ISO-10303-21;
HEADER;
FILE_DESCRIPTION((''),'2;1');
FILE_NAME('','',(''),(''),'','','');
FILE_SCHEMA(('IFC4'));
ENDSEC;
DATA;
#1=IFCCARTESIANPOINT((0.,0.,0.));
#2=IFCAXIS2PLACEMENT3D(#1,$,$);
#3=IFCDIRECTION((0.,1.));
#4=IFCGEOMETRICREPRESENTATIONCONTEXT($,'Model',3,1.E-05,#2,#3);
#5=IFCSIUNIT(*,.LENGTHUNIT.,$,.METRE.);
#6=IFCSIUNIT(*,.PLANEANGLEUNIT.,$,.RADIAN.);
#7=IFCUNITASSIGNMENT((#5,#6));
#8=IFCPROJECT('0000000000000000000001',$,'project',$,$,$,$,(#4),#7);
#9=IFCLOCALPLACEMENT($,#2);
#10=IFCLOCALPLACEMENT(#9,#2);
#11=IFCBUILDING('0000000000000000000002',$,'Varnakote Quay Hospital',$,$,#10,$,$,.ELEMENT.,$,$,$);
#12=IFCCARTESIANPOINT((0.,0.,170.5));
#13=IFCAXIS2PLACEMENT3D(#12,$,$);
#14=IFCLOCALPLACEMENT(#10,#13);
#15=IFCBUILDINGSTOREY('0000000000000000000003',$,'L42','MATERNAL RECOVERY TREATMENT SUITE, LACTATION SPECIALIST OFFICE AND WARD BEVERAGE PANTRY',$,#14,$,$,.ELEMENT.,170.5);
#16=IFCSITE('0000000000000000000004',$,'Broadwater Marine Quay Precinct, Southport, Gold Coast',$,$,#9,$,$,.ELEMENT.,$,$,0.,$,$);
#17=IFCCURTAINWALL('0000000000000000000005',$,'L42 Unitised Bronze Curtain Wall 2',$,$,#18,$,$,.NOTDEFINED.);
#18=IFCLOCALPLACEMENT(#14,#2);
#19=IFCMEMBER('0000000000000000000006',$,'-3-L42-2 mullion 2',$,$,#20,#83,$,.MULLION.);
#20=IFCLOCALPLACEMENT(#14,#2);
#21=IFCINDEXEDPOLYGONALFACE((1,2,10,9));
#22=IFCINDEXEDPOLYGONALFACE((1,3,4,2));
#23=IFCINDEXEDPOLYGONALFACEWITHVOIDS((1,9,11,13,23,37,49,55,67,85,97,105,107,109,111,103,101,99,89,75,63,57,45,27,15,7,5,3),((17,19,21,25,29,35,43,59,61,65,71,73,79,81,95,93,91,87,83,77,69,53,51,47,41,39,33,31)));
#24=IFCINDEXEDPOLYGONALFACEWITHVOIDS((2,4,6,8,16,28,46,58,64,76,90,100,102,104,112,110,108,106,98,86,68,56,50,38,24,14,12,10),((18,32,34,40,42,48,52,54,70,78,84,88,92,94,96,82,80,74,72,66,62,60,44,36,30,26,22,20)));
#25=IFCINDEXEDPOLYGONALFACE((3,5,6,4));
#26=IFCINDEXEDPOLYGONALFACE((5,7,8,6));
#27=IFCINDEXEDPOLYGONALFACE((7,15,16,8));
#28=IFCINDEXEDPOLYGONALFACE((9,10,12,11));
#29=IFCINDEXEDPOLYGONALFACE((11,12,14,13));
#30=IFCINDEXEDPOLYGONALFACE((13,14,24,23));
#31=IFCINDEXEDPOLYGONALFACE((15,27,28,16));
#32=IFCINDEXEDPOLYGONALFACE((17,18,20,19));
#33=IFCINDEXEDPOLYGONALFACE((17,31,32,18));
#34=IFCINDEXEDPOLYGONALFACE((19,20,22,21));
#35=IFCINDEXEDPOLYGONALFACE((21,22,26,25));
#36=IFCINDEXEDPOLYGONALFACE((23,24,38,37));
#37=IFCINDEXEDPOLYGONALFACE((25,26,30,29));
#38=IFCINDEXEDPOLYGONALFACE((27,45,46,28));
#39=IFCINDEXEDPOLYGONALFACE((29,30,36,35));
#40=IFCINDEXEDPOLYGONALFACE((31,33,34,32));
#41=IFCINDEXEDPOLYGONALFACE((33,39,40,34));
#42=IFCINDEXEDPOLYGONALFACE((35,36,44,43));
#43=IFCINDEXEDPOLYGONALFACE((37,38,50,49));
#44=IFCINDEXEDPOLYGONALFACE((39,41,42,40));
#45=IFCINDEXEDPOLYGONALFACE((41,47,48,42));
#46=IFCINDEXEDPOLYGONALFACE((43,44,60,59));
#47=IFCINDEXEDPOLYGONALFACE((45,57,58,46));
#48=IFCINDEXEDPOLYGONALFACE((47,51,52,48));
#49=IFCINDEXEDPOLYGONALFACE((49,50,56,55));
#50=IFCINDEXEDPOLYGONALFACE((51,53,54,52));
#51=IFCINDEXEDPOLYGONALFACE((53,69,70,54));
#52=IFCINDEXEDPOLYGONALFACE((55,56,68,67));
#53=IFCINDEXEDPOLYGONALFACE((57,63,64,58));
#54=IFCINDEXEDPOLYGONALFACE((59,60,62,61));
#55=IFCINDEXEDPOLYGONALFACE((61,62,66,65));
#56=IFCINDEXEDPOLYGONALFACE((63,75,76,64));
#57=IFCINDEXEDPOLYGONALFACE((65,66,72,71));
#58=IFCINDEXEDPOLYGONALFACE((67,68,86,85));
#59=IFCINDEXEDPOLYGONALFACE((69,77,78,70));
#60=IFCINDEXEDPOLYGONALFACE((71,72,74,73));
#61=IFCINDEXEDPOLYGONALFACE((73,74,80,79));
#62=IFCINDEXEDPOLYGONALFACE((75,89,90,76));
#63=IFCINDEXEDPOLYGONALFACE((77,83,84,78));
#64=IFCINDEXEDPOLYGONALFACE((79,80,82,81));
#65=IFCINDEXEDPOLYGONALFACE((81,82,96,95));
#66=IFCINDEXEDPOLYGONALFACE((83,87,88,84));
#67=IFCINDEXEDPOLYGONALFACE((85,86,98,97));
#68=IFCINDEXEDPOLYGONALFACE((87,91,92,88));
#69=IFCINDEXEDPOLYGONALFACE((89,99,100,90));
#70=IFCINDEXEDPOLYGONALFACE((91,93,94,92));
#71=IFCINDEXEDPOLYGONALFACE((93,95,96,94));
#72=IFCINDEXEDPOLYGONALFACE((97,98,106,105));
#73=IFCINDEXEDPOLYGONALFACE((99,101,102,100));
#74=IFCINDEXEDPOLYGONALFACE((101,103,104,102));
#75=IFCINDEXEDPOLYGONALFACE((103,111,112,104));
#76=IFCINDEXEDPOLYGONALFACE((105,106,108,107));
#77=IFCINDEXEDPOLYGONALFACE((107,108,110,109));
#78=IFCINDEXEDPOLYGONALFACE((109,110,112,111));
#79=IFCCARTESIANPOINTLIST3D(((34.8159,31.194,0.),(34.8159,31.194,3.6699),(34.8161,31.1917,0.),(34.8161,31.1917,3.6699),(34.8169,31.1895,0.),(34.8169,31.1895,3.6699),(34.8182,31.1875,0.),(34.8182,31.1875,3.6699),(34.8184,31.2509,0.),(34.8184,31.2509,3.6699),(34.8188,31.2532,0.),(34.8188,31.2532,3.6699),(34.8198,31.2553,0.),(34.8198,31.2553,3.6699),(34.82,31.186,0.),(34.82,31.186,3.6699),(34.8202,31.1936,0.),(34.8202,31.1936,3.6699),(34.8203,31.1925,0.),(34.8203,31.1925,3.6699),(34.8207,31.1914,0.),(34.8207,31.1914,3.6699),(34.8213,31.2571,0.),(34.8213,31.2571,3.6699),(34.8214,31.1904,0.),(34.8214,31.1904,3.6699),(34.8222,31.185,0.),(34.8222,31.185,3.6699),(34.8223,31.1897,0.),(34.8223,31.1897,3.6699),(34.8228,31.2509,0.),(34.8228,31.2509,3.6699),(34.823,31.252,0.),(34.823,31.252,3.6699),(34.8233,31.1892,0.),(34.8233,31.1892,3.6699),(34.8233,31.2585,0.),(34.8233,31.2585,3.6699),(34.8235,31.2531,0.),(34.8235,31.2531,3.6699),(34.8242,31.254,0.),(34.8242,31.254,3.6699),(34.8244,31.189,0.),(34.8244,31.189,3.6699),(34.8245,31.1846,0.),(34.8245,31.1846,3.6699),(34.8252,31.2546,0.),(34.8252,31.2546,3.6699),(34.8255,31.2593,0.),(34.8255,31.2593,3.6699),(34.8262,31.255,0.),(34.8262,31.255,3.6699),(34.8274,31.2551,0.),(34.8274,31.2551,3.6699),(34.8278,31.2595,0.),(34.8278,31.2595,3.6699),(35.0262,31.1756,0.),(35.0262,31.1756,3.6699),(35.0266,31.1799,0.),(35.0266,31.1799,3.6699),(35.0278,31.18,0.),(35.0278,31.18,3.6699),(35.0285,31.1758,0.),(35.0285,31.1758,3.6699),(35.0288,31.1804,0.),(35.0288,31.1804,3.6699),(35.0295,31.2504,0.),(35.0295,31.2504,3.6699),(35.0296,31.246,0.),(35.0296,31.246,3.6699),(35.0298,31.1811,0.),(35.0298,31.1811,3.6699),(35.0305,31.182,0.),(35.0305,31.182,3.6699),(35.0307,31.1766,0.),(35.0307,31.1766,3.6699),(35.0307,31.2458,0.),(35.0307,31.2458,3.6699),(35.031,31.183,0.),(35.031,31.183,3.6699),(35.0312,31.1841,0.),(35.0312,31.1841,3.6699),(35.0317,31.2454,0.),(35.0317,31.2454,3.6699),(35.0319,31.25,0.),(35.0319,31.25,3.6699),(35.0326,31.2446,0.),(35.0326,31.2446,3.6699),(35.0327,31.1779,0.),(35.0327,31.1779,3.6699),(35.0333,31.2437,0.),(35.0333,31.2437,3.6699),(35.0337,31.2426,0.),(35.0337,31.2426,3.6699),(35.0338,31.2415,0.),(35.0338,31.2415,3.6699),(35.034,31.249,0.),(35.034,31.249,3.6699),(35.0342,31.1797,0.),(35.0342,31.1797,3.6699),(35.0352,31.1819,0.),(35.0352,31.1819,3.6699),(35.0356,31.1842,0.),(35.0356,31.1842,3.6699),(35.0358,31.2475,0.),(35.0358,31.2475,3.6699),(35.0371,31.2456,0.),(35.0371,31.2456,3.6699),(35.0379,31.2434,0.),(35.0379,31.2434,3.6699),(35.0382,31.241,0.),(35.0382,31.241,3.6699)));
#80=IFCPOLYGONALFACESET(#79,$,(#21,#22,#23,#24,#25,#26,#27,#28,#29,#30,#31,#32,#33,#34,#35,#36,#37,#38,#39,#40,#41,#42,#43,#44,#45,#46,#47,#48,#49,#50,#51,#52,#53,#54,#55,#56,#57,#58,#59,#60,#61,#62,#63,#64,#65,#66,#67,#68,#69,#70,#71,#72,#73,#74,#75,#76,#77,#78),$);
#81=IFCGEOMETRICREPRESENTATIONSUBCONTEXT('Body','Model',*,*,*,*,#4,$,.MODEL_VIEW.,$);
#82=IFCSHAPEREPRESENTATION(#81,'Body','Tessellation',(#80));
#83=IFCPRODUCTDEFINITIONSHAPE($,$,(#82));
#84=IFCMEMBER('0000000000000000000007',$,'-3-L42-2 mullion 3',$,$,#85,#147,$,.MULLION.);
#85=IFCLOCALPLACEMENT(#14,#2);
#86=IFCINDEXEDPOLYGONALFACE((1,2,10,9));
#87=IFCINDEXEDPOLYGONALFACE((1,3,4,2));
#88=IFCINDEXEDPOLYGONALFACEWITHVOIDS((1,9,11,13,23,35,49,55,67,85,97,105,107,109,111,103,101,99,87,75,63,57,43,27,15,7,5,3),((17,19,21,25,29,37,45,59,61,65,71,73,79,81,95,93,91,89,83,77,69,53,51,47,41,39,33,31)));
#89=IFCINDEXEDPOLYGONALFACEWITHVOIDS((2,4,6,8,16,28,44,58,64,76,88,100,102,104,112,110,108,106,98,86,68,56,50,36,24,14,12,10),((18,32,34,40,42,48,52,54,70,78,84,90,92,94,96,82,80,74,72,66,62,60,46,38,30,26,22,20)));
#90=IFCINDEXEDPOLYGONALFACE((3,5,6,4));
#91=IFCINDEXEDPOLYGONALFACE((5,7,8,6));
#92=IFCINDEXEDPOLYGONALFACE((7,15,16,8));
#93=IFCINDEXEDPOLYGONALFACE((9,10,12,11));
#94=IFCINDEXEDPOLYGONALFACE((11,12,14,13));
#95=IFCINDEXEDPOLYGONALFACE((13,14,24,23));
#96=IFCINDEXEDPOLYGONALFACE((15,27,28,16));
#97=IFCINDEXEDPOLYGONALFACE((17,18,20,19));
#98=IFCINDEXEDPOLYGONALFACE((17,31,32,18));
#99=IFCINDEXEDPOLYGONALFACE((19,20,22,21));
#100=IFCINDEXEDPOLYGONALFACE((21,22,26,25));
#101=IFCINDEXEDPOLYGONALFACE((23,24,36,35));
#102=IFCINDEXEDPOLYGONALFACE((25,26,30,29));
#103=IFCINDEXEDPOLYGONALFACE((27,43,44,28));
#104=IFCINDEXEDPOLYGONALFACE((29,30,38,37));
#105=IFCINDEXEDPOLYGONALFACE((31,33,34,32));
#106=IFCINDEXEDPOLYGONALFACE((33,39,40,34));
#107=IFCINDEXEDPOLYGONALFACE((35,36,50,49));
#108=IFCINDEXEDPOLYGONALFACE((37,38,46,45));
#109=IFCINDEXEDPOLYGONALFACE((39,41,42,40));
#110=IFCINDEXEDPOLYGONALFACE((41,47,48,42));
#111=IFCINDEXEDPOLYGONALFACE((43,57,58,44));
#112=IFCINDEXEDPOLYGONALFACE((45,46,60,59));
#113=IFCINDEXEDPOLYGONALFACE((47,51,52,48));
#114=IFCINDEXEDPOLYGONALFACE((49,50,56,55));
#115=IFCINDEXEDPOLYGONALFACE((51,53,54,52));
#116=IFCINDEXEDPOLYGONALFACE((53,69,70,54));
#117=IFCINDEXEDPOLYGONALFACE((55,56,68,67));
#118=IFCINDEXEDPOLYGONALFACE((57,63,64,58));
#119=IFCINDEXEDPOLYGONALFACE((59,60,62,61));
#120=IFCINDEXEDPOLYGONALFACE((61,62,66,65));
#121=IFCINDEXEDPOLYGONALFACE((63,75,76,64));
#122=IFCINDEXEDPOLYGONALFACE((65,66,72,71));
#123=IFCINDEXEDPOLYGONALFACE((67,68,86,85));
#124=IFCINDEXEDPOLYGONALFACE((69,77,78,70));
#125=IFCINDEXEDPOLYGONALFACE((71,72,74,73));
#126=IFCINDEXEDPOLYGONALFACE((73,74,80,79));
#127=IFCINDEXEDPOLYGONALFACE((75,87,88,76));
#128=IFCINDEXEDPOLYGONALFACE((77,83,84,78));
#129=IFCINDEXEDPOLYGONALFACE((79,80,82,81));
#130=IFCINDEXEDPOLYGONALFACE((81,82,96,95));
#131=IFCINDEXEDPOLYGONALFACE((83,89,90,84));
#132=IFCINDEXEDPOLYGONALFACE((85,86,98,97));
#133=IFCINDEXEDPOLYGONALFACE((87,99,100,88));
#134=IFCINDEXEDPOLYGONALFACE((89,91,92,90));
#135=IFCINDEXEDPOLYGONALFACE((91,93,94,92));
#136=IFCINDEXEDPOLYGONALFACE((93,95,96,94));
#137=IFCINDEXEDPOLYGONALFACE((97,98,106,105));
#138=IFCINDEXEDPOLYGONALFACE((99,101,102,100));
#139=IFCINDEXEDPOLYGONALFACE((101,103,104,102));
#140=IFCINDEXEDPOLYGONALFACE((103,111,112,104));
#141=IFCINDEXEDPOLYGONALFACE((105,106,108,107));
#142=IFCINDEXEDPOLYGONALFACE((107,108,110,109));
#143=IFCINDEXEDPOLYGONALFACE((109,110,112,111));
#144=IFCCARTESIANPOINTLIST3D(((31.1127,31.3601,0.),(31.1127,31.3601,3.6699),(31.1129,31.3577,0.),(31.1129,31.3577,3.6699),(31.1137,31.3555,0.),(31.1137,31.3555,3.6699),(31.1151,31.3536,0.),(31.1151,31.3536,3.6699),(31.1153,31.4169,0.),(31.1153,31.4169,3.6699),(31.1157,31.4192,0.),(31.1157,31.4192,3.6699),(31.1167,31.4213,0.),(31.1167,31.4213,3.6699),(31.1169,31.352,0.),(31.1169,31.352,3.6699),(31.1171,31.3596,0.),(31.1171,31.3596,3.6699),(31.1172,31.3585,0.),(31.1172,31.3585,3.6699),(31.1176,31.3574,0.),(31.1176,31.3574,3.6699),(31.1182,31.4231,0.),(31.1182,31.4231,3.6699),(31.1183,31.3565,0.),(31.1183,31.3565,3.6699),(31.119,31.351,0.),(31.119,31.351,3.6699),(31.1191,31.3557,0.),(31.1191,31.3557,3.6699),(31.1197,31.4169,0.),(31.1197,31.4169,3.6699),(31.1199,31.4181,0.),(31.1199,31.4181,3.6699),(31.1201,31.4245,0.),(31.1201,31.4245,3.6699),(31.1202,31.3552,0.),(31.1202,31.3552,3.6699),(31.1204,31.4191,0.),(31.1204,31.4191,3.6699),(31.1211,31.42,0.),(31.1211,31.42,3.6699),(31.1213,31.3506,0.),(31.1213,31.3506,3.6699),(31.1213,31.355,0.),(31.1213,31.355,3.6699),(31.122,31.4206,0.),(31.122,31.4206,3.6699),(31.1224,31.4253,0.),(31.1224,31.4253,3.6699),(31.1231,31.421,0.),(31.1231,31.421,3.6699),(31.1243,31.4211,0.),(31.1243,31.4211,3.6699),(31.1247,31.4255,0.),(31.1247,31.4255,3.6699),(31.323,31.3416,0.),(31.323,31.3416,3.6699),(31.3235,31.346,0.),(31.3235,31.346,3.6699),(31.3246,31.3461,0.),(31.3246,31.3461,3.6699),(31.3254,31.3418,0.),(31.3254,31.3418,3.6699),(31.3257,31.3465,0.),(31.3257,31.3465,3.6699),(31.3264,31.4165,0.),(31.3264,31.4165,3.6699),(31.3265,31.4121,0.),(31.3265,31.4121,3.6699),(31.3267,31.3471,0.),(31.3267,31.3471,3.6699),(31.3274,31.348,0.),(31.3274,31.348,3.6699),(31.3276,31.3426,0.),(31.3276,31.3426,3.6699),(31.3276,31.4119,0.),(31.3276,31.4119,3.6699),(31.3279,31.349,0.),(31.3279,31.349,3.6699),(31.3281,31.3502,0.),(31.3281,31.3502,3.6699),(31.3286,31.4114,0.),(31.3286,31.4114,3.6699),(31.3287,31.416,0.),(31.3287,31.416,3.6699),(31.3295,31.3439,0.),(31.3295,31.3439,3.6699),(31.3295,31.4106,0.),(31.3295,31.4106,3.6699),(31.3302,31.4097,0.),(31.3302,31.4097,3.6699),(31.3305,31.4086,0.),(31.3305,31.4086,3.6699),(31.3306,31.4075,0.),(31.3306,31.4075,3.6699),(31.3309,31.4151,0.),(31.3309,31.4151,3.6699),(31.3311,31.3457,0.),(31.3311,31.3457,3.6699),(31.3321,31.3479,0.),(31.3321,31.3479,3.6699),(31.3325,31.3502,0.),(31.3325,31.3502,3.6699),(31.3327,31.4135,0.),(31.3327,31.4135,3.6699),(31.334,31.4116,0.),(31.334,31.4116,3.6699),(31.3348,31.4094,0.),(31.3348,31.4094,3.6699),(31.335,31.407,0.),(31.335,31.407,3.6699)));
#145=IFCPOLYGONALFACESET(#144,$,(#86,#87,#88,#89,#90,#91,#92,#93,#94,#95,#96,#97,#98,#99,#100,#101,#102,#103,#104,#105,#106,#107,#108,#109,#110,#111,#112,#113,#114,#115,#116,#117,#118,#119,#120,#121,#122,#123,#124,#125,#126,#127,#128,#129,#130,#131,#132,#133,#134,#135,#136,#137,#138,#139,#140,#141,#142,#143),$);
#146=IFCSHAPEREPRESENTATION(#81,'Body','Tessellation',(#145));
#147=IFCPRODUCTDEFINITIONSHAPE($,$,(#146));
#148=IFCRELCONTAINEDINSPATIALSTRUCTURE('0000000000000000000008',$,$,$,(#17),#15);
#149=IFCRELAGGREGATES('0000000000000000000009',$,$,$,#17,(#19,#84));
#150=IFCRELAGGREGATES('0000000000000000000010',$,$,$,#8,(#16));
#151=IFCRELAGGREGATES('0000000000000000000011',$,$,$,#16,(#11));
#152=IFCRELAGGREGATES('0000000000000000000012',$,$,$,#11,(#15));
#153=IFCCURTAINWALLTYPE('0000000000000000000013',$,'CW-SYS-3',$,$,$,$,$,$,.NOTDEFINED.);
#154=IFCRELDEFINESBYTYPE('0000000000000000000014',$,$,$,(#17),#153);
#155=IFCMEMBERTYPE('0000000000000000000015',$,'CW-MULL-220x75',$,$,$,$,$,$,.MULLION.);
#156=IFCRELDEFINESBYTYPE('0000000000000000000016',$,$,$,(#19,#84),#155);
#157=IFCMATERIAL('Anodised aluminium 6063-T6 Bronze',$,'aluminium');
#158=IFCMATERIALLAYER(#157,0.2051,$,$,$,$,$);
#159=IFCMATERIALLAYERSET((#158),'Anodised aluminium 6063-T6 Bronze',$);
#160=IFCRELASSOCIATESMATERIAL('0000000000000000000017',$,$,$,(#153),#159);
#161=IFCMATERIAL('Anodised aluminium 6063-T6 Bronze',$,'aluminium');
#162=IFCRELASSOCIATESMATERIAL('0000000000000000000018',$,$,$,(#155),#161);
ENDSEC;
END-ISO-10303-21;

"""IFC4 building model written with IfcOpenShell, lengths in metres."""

from ifc_helpers import new_model, si_unit, direction, frame, origin, origin_2d, place, context, subcontext, project, spatial, hollow_rectangle, extrude, material, layer, layer_set, material_profile, profile_set, type_object, element, aggregate, save


model = new_model("IFC4")

# Units and contexts
model_context = context("Model", 3, precision=1e-05, world=origin(), true_north=direction((0.0, 1.0)))
body_context = subcontext(model_context, "Body", "Model", "MODEL_VIEW")
ifc_project = project(units=[si_unit("LENGTHUNIT", "METRE"), si_unit("PLANEANGLEUNIT", "RADIAN")], contexts=[model_context])

# Site, building, storey
site_placement = place(None, origin())
site = spatial("IfcSite", under=ifc_project, at=site_placement, Name="Broadwater Marine Quay Precinct, Southport, Gold Coast", CompositionType="ELEMENT", RefElevation=0.0)
building_placement = place(site_placement, origin())
building = spatial("IfcBuilding", under=site, at=building_placement, Name="Varnakote Quay Hospital", CompositionType="ELEMENT")
storey_placement = place(building_placement, frame((0.0, 0.0, 170.5)))
storey = spatial("IfcBuildingStorey", under=building, at=storey_placement, Name="L42", Description="MATERNAL RECOVERY TREATMENT SUITE, LACTATION SPECIALIST OFFICE AND WARD BEVERAGE PANTRY", CompositionType="ELEMENT", Elevation=170.5)

# Shared definitions
ifc_material_1 = material(Name="Anodised aluminium 6063-T6 Bronze", Category="aluminium")
ifc_layer_1 = layer(ifc_material_1, 0.2051)
ifc_layer_set_1 = layer_set([ifc_layer_1], Name="Anodised aluminium 6063-T6 Bronze")
curtain_wall_type = type_object("IfcCurtainWallType", Name="CW-SYS-3", PredefinedType="NOTDEFINED", material=ifc_layer_set_1)
ifc_material_2 = material(Name="Anodised aluminium 6063-T6 Bronze", Category="aluminium")
ifc_material_profile_1 = material_profile(ifc_material_2, hollow_rectangle(XDim=0.075, YDim=0.22, WallThickness=0.0044, InnerFilletRadius=0.0044, OuterFilletRadius=0.009, at=origin_2d()), Name="CW-MULL-220x75")
ifc_profile_set_1 = profile_set([ifc_material_profile_1], Name="Anodised aluminium 6063-T6 Bronze")
member_type_1 = type_object("IfcMemberType", Name="CW-MULL-220x75", PredefinedType="MULLION", material=ifc_profile_set_1)

# Curtain wall, members
curtain_wall_1_placement = place(storey_placement, origin())
curtain_wall_1 = element("IfcCurtainWall", 1, at=curtain_wall_1_placement, inside=storey, type_object=curtain_wall_type, Name="L42 Unitised Bronze Curtain Wall 2", PredefinedType="NOTDEFINED")
member_1_placement = place(storey_placement, frame((34.927, 31.2175, 0.0), z_axis=(0.0, 0.0, 1.0), x_axis=(-0.044782, -0.998997, 0.0)))
member_1 = element("IfcMember", 2, at=member_1_placement, type_object=member_type_1, Name="-3-L42-2 mullion 2", PredefinedType="MULLION", context=body_context, shape_type="SweptSolid", body=[
    extrude(hollow_rectangle(XDim=0.075, YDim=0.22, WallThickness=0.0044, InnerFilletRadius=0.0044, OuterFilletRadius=0.009, at=origin_2d()), origin(), (0.0, 0.0, 1.0), 3.6699),
])
member_2_placement = place(storey_placement, frame((31.2239, 31.3835, 0.0), z_axis=(0.0, 0.0, 1.0), x_axis=(-0.044782, -0.998997, 0.0)))
member_2 = element("IfcMember", 3, at=member_2_placement, type_object=member_type_1, Name="-3-L42-2 mullion 3", PredefinedType="MULLION", context=body_context, shape_type="SweptSolid", body=[
    extrude(hollow_rectangle(XDim=0.075, YDim=0.22, WallThickness=0.0044, InnerFilletRadius=0.0044, OuterFilletRadius=0.009, at=origin_2d()), origin(), (0.0, 0.0, 1.0), 3.6699),
])

aggregate(curtain_wall_1, [member_1, member_2])

save(model, "model.ifc")
